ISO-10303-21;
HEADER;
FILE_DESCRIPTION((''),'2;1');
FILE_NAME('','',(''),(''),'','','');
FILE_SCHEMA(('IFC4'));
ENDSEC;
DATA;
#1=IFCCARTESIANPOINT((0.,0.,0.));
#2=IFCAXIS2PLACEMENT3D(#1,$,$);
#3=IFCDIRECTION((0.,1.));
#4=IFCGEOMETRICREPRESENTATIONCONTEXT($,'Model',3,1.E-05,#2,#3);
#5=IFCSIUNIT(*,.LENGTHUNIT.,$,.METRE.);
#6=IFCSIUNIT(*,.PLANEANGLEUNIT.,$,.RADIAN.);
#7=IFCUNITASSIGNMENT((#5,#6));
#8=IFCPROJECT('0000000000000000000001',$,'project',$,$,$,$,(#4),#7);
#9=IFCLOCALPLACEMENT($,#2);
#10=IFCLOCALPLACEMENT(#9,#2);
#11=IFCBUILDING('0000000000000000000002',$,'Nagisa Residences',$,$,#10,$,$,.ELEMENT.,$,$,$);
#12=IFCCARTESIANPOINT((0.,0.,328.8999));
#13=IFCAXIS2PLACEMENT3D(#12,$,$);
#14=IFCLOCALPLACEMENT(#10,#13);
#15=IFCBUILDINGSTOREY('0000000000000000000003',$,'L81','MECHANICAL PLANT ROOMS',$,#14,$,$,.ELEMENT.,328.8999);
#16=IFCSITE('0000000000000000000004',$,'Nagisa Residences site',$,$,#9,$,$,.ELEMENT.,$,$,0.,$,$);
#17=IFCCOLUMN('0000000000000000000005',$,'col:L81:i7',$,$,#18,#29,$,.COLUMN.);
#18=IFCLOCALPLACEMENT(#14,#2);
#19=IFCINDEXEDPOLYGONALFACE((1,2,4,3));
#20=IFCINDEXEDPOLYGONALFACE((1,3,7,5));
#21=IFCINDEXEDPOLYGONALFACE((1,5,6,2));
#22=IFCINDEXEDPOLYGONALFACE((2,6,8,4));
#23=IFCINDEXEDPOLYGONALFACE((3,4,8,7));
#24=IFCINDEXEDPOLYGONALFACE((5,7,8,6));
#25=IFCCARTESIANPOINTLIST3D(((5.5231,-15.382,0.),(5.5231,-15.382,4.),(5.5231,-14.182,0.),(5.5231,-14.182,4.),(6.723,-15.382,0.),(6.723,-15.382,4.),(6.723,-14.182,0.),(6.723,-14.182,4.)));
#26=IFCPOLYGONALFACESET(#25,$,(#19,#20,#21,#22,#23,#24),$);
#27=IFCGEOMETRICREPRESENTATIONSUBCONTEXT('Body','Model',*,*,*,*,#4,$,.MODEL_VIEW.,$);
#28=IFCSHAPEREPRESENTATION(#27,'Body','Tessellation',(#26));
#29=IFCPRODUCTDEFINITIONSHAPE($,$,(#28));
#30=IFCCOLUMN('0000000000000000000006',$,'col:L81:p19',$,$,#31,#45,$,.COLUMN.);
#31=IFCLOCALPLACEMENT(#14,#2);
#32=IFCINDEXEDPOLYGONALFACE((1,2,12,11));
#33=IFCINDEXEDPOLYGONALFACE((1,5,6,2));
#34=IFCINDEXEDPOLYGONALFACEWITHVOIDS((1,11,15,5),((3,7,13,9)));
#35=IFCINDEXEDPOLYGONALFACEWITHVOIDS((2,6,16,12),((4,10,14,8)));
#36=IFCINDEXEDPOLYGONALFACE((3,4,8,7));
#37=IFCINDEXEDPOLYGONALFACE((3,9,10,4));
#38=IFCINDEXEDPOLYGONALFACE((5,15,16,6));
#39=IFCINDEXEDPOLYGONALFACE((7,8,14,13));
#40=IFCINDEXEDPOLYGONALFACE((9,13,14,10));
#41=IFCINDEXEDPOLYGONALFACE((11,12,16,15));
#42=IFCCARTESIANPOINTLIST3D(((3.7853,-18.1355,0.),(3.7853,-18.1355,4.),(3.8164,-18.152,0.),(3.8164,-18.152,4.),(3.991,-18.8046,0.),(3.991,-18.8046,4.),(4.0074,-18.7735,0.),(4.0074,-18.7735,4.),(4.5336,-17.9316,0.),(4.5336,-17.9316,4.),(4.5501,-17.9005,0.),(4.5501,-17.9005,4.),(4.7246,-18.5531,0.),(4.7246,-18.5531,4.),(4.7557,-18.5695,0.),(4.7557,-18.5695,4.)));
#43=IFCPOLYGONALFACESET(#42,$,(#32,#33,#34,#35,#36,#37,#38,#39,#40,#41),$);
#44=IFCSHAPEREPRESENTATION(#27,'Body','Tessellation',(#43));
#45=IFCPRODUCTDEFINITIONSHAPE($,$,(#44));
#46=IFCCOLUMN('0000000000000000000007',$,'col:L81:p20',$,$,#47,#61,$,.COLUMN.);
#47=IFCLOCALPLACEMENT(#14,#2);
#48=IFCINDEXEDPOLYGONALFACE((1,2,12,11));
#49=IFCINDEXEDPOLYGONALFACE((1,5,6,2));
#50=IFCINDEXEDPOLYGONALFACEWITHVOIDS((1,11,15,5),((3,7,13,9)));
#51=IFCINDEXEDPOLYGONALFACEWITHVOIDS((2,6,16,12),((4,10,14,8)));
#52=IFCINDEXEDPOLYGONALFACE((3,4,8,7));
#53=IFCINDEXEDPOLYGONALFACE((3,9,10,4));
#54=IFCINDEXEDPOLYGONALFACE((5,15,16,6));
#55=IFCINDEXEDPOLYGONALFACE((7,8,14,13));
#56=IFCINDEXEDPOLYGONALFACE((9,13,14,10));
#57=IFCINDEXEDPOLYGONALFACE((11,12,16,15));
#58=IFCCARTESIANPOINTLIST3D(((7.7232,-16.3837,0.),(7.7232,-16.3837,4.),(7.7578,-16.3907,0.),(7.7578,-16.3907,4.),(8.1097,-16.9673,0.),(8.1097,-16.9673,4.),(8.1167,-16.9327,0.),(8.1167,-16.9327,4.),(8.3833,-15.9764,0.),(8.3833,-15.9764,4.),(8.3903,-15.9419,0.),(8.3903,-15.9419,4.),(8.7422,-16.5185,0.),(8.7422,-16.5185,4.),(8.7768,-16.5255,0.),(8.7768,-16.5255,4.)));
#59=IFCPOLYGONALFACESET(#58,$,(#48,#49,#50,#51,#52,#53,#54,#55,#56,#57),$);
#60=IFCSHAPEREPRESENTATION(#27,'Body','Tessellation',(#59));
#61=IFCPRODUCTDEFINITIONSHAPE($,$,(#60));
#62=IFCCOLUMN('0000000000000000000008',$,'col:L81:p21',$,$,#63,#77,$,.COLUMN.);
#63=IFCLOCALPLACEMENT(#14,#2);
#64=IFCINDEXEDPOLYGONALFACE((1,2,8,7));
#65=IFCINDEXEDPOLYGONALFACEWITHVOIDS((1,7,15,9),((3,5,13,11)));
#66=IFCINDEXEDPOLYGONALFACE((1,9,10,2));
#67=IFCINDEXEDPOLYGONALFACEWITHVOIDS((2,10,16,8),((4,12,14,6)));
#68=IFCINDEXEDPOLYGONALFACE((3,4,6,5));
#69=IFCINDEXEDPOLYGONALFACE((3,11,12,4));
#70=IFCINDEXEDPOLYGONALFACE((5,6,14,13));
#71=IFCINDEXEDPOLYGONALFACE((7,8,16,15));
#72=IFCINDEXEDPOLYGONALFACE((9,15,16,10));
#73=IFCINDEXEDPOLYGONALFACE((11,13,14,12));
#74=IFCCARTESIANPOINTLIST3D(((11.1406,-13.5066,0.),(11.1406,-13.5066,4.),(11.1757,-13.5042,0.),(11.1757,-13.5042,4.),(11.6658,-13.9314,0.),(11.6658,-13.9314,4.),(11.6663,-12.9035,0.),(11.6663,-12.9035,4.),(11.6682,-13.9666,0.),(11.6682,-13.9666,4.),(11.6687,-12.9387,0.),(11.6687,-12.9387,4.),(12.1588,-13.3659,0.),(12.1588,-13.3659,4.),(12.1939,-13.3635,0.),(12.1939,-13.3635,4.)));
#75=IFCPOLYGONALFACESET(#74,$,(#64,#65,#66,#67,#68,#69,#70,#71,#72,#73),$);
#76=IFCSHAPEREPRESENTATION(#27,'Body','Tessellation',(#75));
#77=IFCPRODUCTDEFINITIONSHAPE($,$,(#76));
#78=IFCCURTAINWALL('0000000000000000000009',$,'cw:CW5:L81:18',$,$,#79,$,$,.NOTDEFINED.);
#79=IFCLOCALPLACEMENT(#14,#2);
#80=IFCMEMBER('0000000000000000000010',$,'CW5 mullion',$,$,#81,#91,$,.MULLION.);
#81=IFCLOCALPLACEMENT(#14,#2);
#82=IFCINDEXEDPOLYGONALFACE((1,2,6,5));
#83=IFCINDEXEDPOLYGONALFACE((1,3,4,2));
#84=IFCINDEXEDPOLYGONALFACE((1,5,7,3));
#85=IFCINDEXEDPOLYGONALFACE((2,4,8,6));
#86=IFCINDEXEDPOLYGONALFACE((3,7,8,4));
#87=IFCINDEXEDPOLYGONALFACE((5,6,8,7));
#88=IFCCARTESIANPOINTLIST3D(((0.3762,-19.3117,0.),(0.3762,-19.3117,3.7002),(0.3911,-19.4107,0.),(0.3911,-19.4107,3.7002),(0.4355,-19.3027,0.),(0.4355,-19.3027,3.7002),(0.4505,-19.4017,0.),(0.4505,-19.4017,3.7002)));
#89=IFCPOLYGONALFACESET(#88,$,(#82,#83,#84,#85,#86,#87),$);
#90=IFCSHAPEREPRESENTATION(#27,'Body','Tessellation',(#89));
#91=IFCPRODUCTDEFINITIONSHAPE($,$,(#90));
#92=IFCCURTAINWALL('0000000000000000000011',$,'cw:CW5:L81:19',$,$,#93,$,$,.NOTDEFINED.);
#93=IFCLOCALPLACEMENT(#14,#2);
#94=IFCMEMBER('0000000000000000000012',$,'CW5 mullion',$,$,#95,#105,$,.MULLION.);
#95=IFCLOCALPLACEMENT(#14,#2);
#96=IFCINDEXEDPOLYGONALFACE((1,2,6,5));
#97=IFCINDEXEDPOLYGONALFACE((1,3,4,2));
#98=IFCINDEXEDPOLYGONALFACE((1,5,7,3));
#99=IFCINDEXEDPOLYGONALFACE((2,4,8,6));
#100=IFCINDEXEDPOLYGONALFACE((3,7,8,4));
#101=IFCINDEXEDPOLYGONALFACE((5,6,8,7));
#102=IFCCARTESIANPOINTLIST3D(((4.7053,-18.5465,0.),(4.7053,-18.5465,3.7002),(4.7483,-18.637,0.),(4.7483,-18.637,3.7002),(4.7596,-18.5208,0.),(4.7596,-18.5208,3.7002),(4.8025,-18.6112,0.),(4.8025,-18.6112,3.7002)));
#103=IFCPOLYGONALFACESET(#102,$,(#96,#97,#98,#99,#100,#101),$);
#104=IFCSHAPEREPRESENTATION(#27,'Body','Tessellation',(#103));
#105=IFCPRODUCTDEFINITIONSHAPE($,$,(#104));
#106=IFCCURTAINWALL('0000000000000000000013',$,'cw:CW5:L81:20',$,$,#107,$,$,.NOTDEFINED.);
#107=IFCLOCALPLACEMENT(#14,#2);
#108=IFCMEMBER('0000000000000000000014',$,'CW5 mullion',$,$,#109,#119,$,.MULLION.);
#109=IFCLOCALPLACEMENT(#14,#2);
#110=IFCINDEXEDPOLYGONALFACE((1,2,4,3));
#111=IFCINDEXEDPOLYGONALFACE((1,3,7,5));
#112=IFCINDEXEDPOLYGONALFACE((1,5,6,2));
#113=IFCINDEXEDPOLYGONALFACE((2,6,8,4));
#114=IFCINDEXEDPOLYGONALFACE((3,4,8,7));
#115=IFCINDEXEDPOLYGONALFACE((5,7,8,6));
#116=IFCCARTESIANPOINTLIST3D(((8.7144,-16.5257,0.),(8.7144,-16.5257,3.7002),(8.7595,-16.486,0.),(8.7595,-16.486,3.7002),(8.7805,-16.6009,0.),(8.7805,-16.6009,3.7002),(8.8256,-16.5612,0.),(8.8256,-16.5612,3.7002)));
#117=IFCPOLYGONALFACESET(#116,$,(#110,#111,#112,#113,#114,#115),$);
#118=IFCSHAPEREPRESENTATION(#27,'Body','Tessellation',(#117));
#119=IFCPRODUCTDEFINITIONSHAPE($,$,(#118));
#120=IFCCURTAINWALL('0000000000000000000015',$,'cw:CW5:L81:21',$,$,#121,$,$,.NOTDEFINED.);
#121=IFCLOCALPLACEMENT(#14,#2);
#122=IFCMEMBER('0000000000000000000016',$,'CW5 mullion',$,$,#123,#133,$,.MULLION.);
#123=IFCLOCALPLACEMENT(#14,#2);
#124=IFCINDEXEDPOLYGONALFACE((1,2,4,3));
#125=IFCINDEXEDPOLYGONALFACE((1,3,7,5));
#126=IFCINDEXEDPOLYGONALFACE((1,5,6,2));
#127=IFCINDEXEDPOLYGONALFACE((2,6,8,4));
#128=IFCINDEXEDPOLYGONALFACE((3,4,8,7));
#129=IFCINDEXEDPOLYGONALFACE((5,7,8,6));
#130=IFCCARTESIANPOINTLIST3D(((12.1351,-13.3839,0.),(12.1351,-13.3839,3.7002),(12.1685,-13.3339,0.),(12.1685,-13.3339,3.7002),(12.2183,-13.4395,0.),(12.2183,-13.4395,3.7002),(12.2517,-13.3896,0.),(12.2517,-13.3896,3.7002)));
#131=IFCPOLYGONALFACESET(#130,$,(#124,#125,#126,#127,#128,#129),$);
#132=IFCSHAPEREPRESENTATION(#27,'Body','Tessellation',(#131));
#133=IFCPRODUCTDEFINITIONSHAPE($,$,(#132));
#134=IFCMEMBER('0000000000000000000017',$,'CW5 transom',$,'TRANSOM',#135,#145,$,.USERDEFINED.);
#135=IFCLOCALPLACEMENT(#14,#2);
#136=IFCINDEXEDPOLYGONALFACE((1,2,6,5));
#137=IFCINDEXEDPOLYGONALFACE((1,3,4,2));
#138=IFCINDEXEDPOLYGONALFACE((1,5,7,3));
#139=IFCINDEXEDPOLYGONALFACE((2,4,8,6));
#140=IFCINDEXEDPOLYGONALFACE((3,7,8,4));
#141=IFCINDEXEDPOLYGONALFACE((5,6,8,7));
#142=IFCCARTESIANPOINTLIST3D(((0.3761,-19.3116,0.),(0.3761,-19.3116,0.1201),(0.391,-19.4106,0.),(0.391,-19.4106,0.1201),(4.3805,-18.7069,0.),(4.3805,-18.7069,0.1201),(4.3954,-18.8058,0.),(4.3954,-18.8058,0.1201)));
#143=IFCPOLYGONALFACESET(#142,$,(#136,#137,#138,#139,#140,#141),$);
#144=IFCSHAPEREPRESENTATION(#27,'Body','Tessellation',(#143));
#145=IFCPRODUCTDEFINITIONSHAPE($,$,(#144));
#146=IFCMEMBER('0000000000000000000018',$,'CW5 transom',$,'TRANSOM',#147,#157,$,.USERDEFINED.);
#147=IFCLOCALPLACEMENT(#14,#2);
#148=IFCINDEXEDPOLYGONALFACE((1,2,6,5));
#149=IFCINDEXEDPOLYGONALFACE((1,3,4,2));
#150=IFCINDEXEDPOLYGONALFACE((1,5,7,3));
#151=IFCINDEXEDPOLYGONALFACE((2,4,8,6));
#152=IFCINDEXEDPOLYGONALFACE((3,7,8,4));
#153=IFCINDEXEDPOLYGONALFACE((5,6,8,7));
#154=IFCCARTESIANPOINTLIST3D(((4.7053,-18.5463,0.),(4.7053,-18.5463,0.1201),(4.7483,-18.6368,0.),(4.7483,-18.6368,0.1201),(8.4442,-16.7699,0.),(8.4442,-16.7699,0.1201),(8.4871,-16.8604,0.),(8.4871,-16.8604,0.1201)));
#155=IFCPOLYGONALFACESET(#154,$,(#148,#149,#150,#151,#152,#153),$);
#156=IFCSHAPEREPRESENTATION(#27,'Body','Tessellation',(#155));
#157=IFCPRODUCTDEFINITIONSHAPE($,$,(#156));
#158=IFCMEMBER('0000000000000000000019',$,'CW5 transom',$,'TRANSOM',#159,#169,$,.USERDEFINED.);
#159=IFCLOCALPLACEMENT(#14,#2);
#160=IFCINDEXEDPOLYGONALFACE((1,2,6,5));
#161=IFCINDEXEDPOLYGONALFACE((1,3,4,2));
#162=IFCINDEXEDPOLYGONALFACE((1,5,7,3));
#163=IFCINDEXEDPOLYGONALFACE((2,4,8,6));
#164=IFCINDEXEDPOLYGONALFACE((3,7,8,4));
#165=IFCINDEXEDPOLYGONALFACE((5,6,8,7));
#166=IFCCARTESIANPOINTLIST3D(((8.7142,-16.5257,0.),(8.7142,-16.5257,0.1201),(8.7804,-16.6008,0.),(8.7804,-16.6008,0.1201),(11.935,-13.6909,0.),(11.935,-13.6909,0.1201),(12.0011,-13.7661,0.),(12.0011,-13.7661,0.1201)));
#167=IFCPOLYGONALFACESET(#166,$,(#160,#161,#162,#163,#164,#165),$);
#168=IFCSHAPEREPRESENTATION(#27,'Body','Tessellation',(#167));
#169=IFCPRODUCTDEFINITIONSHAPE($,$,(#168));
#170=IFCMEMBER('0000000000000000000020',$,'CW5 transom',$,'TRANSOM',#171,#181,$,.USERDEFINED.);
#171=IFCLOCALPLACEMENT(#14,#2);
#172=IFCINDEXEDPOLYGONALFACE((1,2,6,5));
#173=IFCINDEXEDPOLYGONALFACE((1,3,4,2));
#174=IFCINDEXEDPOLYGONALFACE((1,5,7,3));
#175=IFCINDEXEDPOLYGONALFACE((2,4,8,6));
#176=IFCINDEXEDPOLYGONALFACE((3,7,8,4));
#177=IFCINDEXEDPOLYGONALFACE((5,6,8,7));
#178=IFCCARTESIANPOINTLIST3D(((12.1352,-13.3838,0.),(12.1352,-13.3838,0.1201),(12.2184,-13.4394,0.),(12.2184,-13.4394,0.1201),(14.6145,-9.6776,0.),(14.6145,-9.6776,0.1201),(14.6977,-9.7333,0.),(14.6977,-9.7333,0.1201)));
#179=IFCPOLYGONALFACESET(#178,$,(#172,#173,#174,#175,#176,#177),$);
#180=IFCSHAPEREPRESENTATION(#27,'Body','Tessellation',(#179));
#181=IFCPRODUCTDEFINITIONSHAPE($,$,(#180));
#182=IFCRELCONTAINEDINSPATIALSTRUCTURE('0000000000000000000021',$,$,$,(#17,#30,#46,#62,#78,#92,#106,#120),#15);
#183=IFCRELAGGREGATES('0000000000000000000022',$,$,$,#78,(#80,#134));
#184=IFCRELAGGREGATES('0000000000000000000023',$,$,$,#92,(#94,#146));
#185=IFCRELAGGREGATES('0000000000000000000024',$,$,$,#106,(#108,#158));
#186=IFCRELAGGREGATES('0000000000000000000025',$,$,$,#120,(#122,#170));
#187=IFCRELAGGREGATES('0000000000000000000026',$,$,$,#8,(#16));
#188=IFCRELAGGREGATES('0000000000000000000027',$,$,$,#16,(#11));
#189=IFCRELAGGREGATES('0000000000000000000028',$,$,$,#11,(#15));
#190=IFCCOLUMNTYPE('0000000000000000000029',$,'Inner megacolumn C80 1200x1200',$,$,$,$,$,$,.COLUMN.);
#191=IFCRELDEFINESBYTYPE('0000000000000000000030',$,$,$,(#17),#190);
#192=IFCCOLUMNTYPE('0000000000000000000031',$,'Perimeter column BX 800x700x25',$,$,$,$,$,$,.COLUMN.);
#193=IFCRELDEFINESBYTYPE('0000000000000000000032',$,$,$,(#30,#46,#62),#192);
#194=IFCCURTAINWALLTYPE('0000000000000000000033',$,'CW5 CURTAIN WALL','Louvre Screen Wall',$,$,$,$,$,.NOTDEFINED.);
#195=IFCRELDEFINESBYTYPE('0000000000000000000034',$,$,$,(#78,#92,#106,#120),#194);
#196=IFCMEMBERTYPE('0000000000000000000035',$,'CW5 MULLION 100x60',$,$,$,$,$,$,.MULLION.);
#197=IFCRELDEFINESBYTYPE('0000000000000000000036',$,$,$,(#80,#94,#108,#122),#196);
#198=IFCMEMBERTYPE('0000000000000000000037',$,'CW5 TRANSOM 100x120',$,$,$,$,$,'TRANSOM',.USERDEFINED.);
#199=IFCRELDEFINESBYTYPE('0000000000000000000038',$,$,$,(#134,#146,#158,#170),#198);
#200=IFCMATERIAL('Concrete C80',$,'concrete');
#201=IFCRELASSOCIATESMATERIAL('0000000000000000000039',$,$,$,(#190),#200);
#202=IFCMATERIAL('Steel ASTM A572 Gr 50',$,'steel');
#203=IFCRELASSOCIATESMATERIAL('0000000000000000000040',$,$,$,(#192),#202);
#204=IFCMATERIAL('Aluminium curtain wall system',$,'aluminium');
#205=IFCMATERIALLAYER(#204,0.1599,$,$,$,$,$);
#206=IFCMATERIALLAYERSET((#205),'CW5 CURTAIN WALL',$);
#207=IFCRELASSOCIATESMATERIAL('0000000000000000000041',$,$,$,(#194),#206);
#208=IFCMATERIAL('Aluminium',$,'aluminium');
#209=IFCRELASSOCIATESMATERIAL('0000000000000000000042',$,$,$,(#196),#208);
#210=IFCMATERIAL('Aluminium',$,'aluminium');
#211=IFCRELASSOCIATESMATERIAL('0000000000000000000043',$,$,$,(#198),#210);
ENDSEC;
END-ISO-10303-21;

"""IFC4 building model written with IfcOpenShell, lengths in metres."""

from ifc_helpers import new_model, si_unit, direction, frame, origin, origin_2d, place, context, subcontext, project, spatial, rectangle, hollow_rectangle, extrude, material, layer, layer_set, material_profile, profile_set, type_object, element, aggregate, save


model = new_model("IFC4")

# Units and contexts
model_context = context("Model", 3, precision=1e-05, world=origin(), true_north=direction((0.0, 1.0)))
body_context = subcontext(model_context, "Body", "Model", "MODEL_VIEW")
ifc_project = project(units=[si_unit("LENGTHUNIT", "METRE"), si_unit("PLANEANGLEUNIT", "RADIAN")], contexts=[model_context])

# Site, building, storey
site_placement = place(None, origin())
site = spatial("IfcSite", under=ifc_project, at=site_placement, Name="Nagisa Residences site", CompositionType="ELEMENT", RefElevation=0.0)
building_placement = place(site_placement, origin())
building = spatial("IfcBuilding", under=site, at=building_placement, Name="Nagisa Residences", CompositionType="ELEMENT")
storey_placement = place(building_placement, frame((0.0, 0.0, 328.8999)))
storey = spatial("IfcBuildingStorey", under=building, at=storey_placement, Name="L81", Description="MECHANICAL PLANT ROOMS", CompositionType="ELEMENT", Elevation=328.8999)

# Columns
ifc_material_1 = material(Name="Concrete C80", Category="concrete")
ifc_material_profile_1 = material_profile(ifc_material_1, rectangle(XDim=1.2, YDim=1.2, at=origin_2d()), Name="C80 1200x1200")
ifc_profile_set_1 = profile_set([ifc_material_profile_1], Name="Concrete C80")
column_type_1 = type_object("IfcColumnType", Name="Inner megacolumn C80 1200x1200", PredefinedType="COLUMN", material=ifc_profile_set_1)
column_placement = place(storey_placement, frame((6.123, -14.782, 0.0), z_axis=(0.0, 0.0, 1.0), x_axis=(1.0, 0.0, 0.0)))
element("IfcColumn", 1, at=column_placement, inside=storey, type_object=column_type_1, Name="col:L81:i7", PredefinedType="COLUMN", context=body_context, shape_type="SweptSolid", body=[
    extrude(rectangle(XDim=1.2, YDim=1.2, at=origin_2d()), origin(), (0.0, 0.0, 1.0), 4.0),
])
ifc_material_2 = material(Name="Steel ASTM A572 Gr 50", Category="steel")
ifc_material_profile_2 = material_profile(ifc_material_2, hollow_rectangle(XDim=0.8, YDim=0.7, WallThickness=0.0249, at=origin_2d()), Name="BX 800x700x25")
ifc_profile_set_2 = profile_set([ifc_material_profile_2], Name="Steel ASTM A572 Gr 50")
column_type_2 = type_object("IfcColumnType", Name="Perimeter column BX 800x700x25", PredefinedType="COLUMN", material=ifc_profile_set_2)
for number, where, z_axis, x_axis, name in (
    (2, (4.2705, -18.3525, 0.0), (0.0, 0.0, 1.0), (0.95587, 0.29379, 0.0), "col:L81:p19"),
    (3, (8.25, -16.4546, 0.0), (0.0, 0.0, 1.0), (0.833744, 0.552151, 0.0), "col:L81:p20"),
    (4, (11.6672, -13.4351, 0.0), (0.0, 0.0, 1.0), (0.657135, 0.753773, 0.0), "col:L81:p21"),
):
    element("IfcColumn", number, at=place(storey_placement, frame(where, z_axis=z_axis, x_axis=x_axis)), inside=storey, type_object=column_type_2, Name=name, PredefinedType="COLUMN", context=body_context, shape_type="SweptSolid", body=[
        extrude(hollow_rectangle(XDim=0.8, YDim=0.7, WallThickness=0.0249, at=origin_2d()), origin(), (0.0, 0.0, 1.0), 4.0),
    ])

# Curtain walls, members
ifc_material_3 = material(Name="Aluminium curtain wall system", Category="aluminium")
ifc_layer_1 = layer(ifc_material_3, 0.1599)
ifc_layer_set_1 = layer_set([ifc_layer_1], Name="CW5 CURTAIN WALL")
curtain_wall_type = type_object("IfcCurtainWallType", Name="CW5 CURTAIN WALL", Description="Louvre Screen Wall", PredefinedType="NOTDEFINED", material=ifc_layer_set_1)
curtain_wall_1_placement = place(storey_placement, origin())
curtain_wall_1 = element("IfcCurtainWall", 5, at=curtain_wall_1_placement, inside=storey, type_object=curtain_wall_type, Name="cw:CW5:L81:18", PredefinedType="NOTDEFINED")
ifc_material_4 = material(Name="Aluminium", Category="aluminium")
ifc_material_profile_3 = material_profile(ifc_material_4, rectangle(XDim=0.1001, YDim=0.0601, at=origin_2d()), Name="CW5 MULLION 100x60")
ifc_profile_set_3 = profile_set([ifc_material_profile_3], Name="Aluminium")
member_type_1 = type_object("IfcMemberType", Name="CW5 MULLION 100x60", PredefinedType="MULLION", material=ifc_profile_set_3)
member_1_placement = place(storey_placement, frame((0.4133, -19.3567, 0.0), z_axis=(0.0, 0.0, 1.0), x_axis=(-0.14932, 0.988789, 0.0)))
member_1 = element("IfcMember", 6, at=member_1_placement, type_object=member_type_1, Name="CW5 mullion", PredefinedType="MULLION", context=body_context, shape_type="SweptSolid", body=[
    extrude(rectangle(XDim=0.1001, YDim=0.0601, at=origin_2d()), origin(), (0.0, 0.0, 1.0), 3.7002),
])
curtain_wall_2_placement = place(storey_placement, origin())
curtain_wall_2 = element("IfcCurtainWall", 7, at=curtain_wall_2_placement, inside=storey, type_object=curtain_wall_type, Name="cw:CW5:L81:19", PredefinedType="NOTDEFINED")
member_2_placement = place(storey_placement, frame((4.7539, -18.5789, 0.0), z_axis=(0.0, 0.0, 1.0), x_axis=(-0.429151, 0.903233, 0.0)))
member_2 = element("IfcMember", 8, at=member_2_placement, type_object=member_type_1, Name="CW5 mullion", PredefinedType="MULLION", context=body_context, shape_type="SweptSolid", body=[
    extrude(rectangle(XDim=0.1001, YDim=0.0601, at=origin_2d()), origin(), (0.0, 0.0, 1.0), 3.7002),
])
curtain_wall_3_placement = place(storey_placement, origin())
curtain_wall_3 = element("IfcCurtainWall", 9, at=curtain_wall_3_placement, inside=storey, type_object=curtain_wall_type, Name="cw:CW5:L81:20", PredefinedType="NOTDEFINED")
member_3_placement = place(storey_placement, frame((8.77, -16.5435, 0.0), z_axis=(0.0, 0.0, 1.0), x_axis=(-0.660699, 0.750651, 0.0)))
member_3 = element("IfcMember", 10, at=member_3_placement, type_object=member_type_1, Name="CW5 mullion", PredefinedType="MULLION", context=body_context, shape_type="SweptSolid", body=[
    extrude(rectangle(XDim=0.1001, YDim=0.0601, at=origin_2d()), origin(), (0.0, 0.0, 1.0), 3.7002),
])
curtain_wall_4_placement = place(storey_placement, origin())
curtain_wall_4 = element("IfcCurtainWall", 11, at=curtain_wall_4_placement, inside=storey, type_object=curtain_wall_type, Name="cw:CW5:L81:21", PredefinedType="NOTDEFINED")
member_4_placement = place(storey_placement, frame((12.1934, -13.3867, 0.0), z_axis=(0.0, 0.0, 1.0), x_axis=(-0.831173, 0.556014, 0.0)))
member_4 = element("IfcMember", 12, at=member_4_placement, type_object=member_type_1, Name="CW5 mullion", PredefinedType="MULLION", context=body_context, shape_type="SweptSolid", body=[
    extrude(rectangle(XDim=0.1001, YDim=0.0601, at=origin_2d()), origin(), (0.0, 0.0, 1.0), 3.7002),
])

# Members
ifc_material_5 = material(Name="Aluminium", Category="aluminium")
ifc_material_profile_4 = material_profile(ifc_material_5, rectangle(XDim=0.1001, YDim=0.1201, at=origin_2d()), Name="CW5 TRANSOM 100x120")
ifc_profile_set_4 = profile_set([ifc_material_profile_4], Name="Aluminium")
member_type_2 = type_object("IfcMemberType", Name="CW5 TRANSOM 100x120", ElementType="TRANSOM", PredefinedType="USERDEFINED", material=ifc_profile_set_4)
member_5_placement = place(storey_placement, frame((0.3835, -19.3611, 0.0601), z_axis=(0.988788, 0.149325, 0.0), x_axis=(-0.149325, 0.988788, 0.0)))
member_5 = element("IfcMember", 13, at=member_5_placement, type_object=member_type_2, Name="CW5 transom", ObjectType="TRANSOM", PredefinedType="USERDEFINED", context=body_context, shape_type="SweptSolid", body=[
    extrude(rectangle(XDim=0.1001, YDim=0.1201, at=origin_2d()), origin(), (0.0, 0.0, 1.0), 4.0498),
])
member_6_placement = place(storey_placement, frame((4.7268, -18.5916, 0.0601), z_axis=(0.903235, 0.429146, 0.0), x_axis=(-0.429146, 0.903235, 0.0)))
member_6 = element("IfcMember", 14, at=member_6_placement, type_object=member_type_2, Name="CW5 transom", ObjectType="TRANSOM", PredefinedType="USERDEFINED", context=body_context, shape_type="SweptSolid", body=[
    extrude(rectangle(XDim=0.1001, YDim=0.1201, at=origin_2d()), origin(), (0.0, 0.0, 1.0), 4.1394),
])
member_7_placement = place(storey_placement, frame((8.7473, -16.5632, 0.0601), z_axis=(0.750656, 0.660693, 0.0), x_axis=(-0.660693, 0.750656, 0.0)))
member_7 = element("IfcMember", 15, at=member_7_placement, type_object=member_type_2, Name="CW5 transom", ObjectType="TRANSOM", PredefinedType="USERDEFINED", context=body_context, shape_type="SweptSolid", body=[
    extrude(rectangle(XDim=0.1001, YDim=0.1201, at=origin_2d()), origin(), (0.0, 0.0, 1.0), 4.2905),
])
member_8_placement = place(storey_placement, frame((12.1768, -13.4116, 0.0601), z_axis=(0.556026, 0.831165, 0.0), x_axis=(-0.831165, 0.556026, 0.0)))
member_8 = element("IfcMember", 16, at=member_8_placement, type_object=member_type_2, Name="CW5 transom", ObjectType="TRANSOM", PredefinedType="USERDEFINED", context=body_context, shape_type="SweptSolid", body=[
    extrude(rectangle(XDim=0.1001, YDim=0.1201, at=origin_2d()), origin(), (0.0, 0.0, 1.0), 4.459),
])

aggregate(curtain_wall_1, [member_1, member_5])
aggregate(curtain_wall_2, [member_2, member_6])
aggregate(curtain_wall_3, [member_3, member_7])
aggregate(curtain_wall_4, [member_4, member_8])

save(model, "model.ifc")
